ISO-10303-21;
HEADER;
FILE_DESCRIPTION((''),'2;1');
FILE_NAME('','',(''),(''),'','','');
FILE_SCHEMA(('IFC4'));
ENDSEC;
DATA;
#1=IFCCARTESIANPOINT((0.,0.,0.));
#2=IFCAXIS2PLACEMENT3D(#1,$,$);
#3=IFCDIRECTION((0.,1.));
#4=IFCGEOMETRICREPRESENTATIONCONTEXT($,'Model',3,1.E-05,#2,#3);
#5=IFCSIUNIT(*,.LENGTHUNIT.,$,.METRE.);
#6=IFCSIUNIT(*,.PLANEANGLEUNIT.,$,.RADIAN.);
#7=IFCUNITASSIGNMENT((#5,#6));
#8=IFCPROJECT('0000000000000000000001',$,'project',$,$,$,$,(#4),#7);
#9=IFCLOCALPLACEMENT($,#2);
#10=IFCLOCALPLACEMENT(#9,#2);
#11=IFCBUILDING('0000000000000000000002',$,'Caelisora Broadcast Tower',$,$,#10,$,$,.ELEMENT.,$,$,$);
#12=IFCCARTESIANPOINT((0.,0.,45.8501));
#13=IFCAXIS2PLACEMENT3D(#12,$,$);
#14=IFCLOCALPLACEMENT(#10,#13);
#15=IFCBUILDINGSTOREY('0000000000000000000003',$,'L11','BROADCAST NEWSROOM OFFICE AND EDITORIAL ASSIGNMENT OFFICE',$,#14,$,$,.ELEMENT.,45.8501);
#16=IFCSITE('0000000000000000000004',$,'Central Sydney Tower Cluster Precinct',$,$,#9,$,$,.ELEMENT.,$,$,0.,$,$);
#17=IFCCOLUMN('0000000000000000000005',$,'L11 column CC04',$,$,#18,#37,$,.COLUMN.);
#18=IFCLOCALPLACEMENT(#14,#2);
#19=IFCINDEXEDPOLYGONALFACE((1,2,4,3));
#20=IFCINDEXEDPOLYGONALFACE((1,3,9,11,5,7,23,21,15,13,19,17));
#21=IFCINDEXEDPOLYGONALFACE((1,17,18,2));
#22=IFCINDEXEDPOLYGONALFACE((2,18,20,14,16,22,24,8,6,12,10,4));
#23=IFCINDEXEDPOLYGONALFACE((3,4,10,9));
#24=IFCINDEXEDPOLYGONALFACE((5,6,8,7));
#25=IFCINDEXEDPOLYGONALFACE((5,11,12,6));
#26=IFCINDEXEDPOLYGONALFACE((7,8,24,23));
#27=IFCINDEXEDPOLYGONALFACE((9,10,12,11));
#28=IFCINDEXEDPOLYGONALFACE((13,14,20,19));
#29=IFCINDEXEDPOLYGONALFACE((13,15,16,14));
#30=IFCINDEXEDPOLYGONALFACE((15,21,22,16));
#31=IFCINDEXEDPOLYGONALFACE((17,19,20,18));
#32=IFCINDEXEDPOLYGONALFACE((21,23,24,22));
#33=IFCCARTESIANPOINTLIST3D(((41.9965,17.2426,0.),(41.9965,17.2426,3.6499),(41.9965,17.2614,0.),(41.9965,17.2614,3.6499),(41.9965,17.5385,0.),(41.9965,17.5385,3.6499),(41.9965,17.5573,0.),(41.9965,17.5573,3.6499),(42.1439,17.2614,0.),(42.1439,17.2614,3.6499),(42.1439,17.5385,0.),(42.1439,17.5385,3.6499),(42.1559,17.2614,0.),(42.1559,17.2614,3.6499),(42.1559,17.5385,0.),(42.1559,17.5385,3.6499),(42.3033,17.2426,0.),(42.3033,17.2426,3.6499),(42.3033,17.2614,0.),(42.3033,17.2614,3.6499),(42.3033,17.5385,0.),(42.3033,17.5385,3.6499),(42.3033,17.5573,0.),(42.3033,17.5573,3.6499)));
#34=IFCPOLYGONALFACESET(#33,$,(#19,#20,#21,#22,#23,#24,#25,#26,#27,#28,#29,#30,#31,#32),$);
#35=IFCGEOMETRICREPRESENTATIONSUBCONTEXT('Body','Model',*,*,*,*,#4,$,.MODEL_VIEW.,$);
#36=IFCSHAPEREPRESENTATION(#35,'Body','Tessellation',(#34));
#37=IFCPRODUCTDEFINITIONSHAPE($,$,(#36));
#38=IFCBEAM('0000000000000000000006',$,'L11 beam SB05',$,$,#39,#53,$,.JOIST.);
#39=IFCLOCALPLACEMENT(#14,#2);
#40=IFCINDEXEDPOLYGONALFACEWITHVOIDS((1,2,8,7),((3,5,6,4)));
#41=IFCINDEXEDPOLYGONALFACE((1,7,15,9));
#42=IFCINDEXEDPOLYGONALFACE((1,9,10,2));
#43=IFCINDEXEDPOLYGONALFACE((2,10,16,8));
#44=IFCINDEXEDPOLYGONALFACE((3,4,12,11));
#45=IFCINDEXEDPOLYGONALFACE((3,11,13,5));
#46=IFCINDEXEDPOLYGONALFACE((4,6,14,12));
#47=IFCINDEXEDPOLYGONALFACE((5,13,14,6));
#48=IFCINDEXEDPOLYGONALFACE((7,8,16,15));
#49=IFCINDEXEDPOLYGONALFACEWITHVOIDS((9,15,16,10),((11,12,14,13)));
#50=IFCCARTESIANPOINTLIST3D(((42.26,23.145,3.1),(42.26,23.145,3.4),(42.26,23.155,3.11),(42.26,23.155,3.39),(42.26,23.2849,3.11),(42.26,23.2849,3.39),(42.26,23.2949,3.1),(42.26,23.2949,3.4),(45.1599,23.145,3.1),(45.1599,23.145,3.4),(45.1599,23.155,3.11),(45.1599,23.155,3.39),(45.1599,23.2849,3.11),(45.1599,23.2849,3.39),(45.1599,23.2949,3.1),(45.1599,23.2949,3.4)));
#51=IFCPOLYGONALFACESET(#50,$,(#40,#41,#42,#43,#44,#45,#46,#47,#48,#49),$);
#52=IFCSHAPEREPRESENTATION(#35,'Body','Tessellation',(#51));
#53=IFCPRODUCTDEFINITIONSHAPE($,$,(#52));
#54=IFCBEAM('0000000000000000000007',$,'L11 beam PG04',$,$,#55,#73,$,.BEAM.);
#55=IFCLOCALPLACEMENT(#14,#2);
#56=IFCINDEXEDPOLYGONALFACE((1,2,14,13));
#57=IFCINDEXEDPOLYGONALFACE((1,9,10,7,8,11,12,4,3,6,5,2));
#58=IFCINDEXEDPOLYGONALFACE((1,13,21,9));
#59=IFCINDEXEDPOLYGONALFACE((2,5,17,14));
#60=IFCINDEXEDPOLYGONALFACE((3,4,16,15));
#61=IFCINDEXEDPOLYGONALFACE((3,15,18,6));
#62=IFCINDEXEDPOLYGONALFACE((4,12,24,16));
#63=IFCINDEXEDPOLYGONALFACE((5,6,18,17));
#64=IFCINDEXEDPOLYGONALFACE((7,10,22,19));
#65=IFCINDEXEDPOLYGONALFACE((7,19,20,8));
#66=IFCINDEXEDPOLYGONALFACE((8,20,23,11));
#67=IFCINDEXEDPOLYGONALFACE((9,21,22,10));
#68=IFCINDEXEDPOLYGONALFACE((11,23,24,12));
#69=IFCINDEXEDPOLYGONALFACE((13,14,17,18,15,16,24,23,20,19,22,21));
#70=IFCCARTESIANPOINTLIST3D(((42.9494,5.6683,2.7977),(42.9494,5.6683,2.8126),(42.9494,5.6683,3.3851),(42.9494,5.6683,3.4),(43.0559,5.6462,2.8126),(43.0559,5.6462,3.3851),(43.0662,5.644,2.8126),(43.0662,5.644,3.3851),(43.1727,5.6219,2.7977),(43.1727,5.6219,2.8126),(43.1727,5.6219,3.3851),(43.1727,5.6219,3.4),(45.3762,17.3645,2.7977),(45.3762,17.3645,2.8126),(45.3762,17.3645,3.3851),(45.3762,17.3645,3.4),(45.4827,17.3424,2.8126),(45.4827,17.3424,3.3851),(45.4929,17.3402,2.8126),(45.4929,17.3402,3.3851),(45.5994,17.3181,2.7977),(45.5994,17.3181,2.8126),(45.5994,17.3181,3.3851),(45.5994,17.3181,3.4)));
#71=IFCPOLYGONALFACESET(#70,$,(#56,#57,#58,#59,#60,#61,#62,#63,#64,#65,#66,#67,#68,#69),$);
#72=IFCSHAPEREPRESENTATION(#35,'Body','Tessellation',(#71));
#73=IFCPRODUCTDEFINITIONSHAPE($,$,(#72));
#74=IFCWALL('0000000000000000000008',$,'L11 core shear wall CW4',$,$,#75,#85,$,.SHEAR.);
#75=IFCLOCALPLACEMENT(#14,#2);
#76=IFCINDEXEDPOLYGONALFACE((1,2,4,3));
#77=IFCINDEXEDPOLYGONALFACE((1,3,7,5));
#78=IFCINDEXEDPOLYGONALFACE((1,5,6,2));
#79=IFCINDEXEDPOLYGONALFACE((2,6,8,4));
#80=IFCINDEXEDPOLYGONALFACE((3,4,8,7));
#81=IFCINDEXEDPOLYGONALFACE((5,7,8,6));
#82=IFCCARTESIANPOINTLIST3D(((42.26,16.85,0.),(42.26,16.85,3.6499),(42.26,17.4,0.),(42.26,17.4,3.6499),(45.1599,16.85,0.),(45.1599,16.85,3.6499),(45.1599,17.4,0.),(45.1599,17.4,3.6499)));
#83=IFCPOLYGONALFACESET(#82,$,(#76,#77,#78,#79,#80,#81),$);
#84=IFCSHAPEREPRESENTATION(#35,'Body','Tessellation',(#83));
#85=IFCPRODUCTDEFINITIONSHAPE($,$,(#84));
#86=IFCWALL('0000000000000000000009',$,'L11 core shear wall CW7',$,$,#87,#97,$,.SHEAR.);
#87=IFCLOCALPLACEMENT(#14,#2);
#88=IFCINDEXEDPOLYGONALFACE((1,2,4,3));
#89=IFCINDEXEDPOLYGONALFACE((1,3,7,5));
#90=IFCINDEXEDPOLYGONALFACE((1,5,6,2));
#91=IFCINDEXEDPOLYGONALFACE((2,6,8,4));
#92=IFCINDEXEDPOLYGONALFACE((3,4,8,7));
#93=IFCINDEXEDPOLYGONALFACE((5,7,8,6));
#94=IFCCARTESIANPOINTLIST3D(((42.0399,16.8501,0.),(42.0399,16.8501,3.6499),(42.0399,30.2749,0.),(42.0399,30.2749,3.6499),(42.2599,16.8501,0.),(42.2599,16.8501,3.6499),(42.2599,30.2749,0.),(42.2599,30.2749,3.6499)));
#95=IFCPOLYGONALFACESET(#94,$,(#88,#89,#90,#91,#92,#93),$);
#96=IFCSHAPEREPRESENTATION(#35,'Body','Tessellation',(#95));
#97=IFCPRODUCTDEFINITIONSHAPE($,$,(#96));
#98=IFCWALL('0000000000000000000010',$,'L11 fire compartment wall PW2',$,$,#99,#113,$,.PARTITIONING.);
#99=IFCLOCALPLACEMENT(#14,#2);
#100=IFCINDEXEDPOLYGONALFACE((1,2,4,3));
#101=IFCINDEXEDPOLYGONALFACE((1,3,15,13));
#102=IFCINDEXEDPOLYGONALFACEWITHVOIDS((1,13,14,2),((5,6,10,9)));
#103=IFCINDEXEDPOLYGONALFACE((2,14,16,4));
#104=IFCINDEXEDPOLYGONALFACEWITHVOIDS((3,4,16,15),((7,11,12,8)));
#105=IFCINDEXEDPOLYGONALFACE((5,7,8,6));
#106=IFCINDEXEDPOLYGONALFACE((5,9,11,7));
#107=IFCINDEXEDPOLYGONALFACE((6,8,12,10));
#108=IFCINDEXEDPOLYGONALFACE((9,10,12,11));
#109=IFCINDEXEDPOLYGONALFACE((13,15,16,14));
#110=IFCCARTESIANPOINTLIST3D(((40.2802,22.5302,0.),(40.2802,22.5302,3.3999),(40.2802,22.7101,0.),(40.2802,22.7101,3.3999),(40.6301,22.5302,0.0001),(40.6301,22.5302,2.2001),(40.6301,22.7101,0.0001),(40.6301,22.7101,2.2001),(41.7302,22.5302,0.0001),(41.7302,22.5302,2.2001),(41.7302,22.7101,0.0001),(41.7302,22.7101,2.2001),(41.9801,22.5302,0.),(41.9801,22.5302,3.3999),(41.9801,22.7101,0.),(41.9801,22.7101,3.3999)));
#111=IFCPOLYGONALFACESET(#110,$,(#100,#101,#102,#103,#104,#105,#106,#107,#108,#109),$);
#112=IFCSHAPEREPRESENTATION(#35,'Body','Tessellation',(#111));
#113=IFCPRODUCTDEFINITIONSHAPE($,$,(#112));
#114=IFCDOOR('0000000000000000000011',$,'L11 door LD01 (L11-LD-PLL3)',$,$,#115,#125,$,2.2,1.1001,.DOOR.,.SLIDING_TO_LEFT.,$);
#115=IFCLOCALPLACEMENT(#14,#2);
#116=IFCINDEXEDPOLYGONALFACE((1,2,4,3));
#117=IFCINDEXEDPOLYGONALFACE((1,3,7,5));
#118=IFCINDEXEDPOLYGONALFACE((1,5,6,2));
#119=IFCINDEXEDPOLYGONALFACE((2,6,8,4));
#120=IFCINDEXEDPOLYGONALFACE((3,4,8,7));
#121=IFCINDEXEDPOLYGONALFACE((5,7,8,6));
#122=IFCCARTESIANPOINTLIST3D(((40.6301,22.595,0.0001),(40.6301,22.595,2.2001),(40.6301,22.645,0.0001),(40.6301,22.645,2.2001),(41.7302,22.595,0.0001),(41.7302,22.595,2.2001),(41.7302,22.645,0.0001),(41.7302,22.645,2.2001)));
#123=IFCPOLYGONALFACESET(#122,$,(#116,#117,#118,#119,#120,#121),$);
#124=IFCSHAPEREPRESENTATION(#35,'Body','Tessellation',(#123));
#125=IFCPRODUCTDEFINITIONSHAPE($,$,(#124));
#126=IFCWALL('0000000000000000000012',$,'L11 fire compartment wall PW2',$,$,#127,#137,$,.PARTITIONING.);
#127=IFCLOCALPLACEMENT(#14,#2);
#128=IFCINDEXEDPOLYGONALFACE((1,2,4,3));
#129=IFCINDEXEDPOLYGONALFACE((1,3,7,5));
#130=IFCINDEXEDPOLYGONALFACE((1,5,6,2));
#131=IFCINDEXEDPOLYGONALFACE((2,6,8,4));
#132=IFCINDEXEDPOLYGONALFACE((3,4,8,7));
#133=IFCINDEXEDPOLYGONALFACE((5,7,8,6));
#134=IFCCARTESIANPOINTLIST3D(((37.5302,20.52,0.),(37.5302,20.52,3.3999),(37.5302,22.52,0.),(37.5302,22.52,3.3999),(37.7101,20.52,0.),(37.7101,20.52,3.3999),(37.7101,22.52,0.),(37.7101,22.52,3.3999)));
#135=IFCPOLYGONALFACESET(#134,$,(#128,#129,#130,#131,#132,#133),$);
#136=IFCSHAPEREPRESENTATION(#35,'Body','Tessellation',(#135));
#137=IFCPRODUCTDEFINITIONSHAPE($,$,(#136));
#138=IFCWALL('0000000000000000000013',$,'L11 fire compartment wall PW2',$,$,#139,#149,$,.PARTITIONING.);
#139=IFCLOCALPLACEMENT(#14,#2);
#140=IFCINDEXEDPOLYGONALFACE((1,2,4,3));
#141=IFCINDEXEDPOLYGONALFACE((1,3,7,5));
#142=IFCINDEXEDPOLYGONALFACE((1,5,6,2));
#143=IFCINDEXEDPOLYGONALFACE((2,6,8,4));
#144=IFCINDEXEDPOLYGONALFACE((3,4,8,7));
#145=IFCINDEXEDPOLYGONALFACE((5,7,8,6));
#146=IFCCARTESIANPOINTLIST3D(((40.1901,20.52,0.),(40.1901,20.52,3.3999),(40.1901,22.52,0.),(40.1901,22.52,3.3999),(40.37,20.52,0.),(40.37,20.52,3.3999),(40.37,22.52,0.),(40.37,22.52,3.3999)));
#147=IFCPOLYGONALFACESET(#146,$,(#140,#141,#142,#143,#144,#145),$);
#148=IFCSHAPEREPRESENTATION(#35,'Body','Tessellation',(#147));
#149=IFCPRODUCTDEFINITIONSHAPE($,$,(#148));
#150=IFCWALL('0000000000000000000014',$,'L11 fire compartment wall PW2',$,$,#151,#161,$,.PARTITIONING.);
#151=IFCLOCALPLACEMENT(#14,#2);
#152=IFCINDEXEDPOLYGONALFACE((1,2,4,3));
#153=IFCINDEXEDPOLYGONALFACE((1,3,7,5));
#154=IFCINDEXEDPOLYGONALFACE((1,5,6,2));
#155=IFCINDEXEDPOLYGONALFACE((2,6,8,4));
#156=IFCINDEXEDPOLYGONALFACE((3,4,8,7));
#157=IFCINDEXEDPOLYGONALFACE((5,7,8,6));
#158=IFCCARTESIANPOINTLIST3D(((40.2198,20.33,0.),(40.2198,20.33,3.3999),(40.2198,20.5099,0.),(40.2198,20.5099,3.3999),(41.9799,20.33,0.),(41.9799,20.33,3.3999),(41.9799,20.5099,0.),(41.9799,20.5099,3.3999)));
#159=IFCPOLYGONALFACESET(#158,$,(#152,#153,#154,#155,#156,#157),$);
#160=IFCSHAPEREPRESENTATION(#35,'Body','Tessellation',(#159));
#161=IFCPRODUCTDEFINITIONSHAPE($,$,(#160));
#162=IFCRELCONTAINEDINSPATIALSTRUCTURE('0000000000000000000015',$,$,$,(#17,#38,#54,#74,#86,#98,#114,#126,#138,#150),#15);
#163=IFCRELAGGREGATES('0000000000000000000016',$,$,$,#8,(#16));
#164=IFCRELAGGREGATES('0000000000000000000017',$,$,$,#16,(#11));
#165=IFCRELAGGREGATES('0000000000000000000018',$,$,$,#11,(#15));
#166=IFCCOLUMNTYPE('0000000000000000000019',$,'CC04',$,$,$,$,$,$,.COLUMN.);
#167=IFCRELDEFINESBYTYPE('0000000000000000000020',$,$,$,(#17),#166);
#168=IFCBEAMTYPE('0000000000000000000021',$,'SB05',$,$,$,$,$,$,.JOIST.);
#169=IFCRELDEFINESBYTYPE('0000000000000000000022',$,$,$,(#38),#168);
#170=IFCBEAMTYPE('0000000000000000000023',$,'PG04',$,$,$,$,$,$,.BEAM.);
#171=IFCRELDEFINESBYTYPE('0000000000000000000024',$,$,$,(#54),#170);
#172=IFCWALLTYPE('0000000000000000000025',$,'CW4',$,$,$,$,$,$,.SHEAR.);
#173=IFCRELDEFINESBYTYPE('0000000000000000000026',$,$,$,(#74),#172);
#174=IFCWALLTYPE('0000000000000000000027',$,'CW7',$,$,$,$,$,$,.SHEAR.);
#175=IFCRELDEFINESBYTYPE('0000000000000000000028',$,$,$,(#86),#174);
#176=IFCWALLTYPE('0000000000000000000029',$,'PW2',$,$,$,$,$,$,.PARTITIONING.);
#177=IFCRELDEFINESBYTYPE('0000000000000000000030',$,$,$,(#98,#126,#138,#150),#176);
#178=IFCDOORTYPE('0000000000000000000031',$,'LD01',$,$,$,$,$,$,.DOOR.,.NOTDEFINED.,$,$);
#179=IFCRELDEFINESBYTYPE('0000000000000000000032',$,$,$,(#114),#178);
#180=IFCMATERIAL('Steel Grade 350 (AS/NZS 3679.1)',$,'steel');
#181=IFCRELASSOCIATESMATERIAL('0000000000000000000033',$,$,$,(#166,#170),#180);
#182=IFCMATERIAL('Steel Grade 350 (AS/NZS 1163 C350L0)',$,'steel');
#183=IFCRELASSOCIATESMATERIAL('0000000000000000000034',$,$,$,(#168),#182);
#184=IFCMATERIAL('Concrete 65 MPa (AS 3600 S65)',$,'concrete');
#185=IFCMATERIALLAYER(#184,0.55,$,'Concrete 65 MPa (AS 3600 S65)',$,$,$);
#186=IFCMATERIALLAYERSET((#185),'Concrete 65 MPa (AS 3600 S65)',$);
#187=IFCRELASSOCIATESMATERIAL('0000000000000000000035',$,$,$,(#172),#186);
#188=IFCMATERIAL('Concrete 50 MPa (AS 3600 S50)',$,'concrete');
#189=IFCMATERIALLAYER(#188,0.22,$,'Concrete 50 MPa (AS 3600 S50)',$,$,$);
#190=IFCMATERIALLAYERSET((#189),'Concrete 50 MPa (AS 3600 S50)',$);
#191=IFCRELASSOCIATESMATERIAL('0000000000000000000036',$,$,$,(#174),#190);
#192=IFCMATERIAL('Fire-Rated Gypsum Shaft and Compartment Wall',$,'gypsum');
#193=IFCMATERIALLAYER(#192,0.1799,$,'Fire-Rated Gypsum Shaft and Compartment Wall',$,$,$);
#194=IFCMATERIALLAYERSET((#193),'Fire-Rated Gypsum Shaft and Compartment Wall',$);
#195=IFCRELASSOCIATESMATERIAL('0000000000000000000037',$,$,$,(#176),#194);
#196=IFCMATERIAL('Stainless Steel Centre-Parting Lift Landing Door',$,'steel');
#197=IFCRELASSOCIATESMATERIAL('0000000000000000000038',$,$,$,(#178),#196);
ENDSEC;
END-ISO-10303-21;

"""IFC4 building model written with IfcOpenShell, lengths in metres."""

from ifc_helpers import new_model, si_unit, direction, frame, frame_2d, origin, origin_2d, place, context, subcontext, project, spatial, rectangle, hollow_rectangle, i_section, extrude, source, transform, mapped, material, layer, layer_set, material_profile, profile_set, type_object, type_shapes, element, fill, save


model = new_model("IFC4")

# Units and contexts
model_context = context("Model", 3, precision=1e-05, world=origin(), true_north=direction((0.0, 1.0)))
body_context = subcontext(model_context, "Body", "Model", "MODEL_VIEW")
ifc_project = project(units=[si_unit("LENGTHUNIT", "METRE"), si_unit("PLANEANGLEUNIT", "RADIAN")], contexts=[model_context])

# Site, building, storey
site_placement = place(None, origin())
site = spatial("IfcSite", under=ifc_project, at=site_placement, Name="Central Sydney Tower Cluster Precinct", CompositionType="ELEMENT", RefElevation=0.0)
building_placement = place(site_placement, origin())
building = spatial("IfcBuilding", under=site, at=building_placement, Name="Caelisora Broadcast Tower", CompositionType="ELEMENT")
storey_placement = place(building_placement, frame((0.0, 0.0, 45.8501)))
storey = spatial("IfcBuildingStorey", under=building, at=storey_placement, Name="L11", Description="BROADCAST NEWSROOM OFFICE AND EDITORIAL ASSIGNMENT OFFICE", CompositionType="ELEMENT", Elevation=45.8501)

# Column
ifc_material_1 = material(Name="Steel Grade 350 (AS/NZS 3679.1)", Category="steel")
ifc_material_profile_1 = material_profile(ifc_material_1, i_section(OverallWidth=0.3069, OverallDepth=0.3147, WebThickness=0.012, FlangeThickness=0.0188, at=origin_2d()), Name="Steel Grade 350 (AS/NZS 3679.1)")
ifc_profile_set_1 = profile_set([ifc_material_profile_1], Name="Steel Grade 350 (AS/NZS 3679.1)")
column_type = type_object("IfcColumnType", Name="CC04", PredefinedType="COLUMN", material=ifc_profile_set_1)
shared_shape_1 = source(origin(), body_context, "Body", "SweptSolid", [
    extrude(i_section(OverallWidth=0.3069, OverallDepth=0.3147, WebThickness=0.012, FlangeThickness=0.0188, at=origin_2d()), origin(), (0.0, 0.0, 1.0), 3.6499),
])
type_shapes(column_type, [shared_shape_1])
column_placement = place(storey_placement, frame((42.1499, 17.3999, 0.0), z_axis=(0.0, 0.0, 1.0), x_axis=(1.0, 0.0, 0.0)))
element("IfcColumn", 1, at=column_placement, inside=storey, type_object=column_type, Name="L11 column CC04", PredefinedType="COLUMN", context=body_context, shape_type="MappedRepresentation", body=[
    mapped(shared_shape_1, transform((0.0, 0.0, 0.0), scale=1.0)),
])

# Beams
ifc_material_2 = material(Name="Steel Grade 350 (AS/NZS 1163 C350L0)", Category="steel")
ifc_material_profile_2 = material_profile(ifc_material_2, hollow_rectangle(XDim=0.1499, YDim=0.3, WallThickness=0.01, at=origin_2d()), Name="Steel Grade 350 (AS/NZS 1163 C350L0)")
ifc_profile_set_2 = profile_set([ifc_material_profile_2], Name="Steel Grade 350 (AS/NZS 1163 C350L0)")
beam_type_1 = type_object("IfcBeamType", Name="SB05", PredefinedType="JOIST", material=ifc_profile_set_2)
shared_shape_2 = source(origin(), body_context, "Body", "SweptSolid", [
    extrude(hollow_rectangle(XDim=0.1499, YDim=0.3, WallThickness=0.01, at=origin_2d()), origin(), (0.0, 0.0, 1.0), 2.8999),
])
type_shapes(beam_type_1, [shared_shape_2])
beam_1_placement = place(storey_placement, frame((42.26, 23.22, 3.25), z_axis=(1.0, 0.0, 0.0), x_axis=(0.0, 1.0, 0.0)))
element("IfcBeam", 2, at=beam_1_placement, inside=storey, type_object=beam_type_1, Name="L11 beam SB05", PredefinedType="JOIST", context=body_context, shape_type="MappedRepresentation", body=[
    mapped(shared_shape_2, transform((0.0, 0.0, 0.0), scale=1.0)),
])
ifc_material_profile_3 = material_profile(ifc_material_1, i_section(OverallWidth=0.228, OverallDepth=0.6023, WebThickness=0.0105, FlangeThickness=0.0149, at=origin_2d()), Name="Steel Grade 350 (AS/NZS 3679.1)")
ifc_profile_set_3 = profile_set([ifc_material_profile_3], Name="Steel Grade 350 (AS/NZS 3679.1)")
beam_type_2 = type_object("IfcBeamType", Name="PG04", PredefinedType="BEAM", material=ifc_profile_set_3)
shared_shape_3 = source(origin(), body_context, "Body", "SweptSolid", [
    extrude(i_section(OverallWidth=0.228, OverallDepth=0.6023, WebThickness=0.0105, FlangeThickness=0.0149, at=origin_2d()), origin(), (0.0, 0.0, 1.0), 11.9453),
])
type_shapes(beam_type_2, [shared_shape_3])
beam_2_placement = place(storey_placement, frame((45.4878, 17.3413, 3.0989), z_axis=(-0.203154, -0.979147, 0.0), x_axis=(0.979147, -0.203154, 0.0)))
element("IfcBeam", 3, at=beam_2_placement, inside=storey, type_object=beam_type_2, Name="L11 beam PG04", PredefinedType="BEAM", context=body_context, shape_type="MappedRepresentation", body=[
    mapped(shared_shape_3, transform((0.0, 0.0, 0.0), scale=1.0)),
])

# Shared definitions
ifc_material_3 = material(Name="Concrete 65 MPa (AS 3600 S65)", Category="concrete")

# Walls
ifc_layer_1 = layer(ifc_material_3, 0.55, Name="Concrete 65 MPa (AS 3600 S65)")
ifc_layer_set_1 = layer_set([ifc_layer_1], Name="Concrete 65 MPa (AS 3600 S65)")
wall_type_1 = type_object("IfcWallType", Name="CW4", PredefinedType="SHEAR", material=ifc_layer_set_1)
wall_1_placement = place(storey_placement, frame((42.26, 17.125, 0.0), z_axis=(0.0, 0.0, 1.0), x_axis=(1.0, 0.0, 0.0)))
element("IfcWall", 4, at=wall_1_placement, inside=storey, type_object=wall_type_1, Name="L11 core shear wall CW4", PredefinedType="SHEAR", context=body_context, shape_type="SweptSolid", body=[
    extrude(rectangle(XDim=2.8999, YDim=0.55, at=frame_2d((1.45, 0.0))), origin(), (0.0, 0.0, 1.0), 3.6499),
])
ifc_material_4 = material(Name="Concrete 50 MPa (AS 3600 S50)", Category="concrete")
ifc_layer_2 = layer(ifc_material_4, 0.22, Name="Concrete 50 MPa (AS 3600 S50)")
ifc_layer_set_2 = layer_set([ifc_layer_2], Name="Concrete 50 MPa (AS 3600 S50)")
wall_type_2 = type_object("IfcWallType", Name="CW7", PredefinedType="SHEAR", material=ifc_layer_set_2)
wall_2_placement = place(storey_placement, frame((42.1499, 16.8501, 0.0), z_axis=(0.0, 0.0, 1.0), x_axis=(0.0, 1.0, 0.0)))
element("IfcWall", 5, at=wall_2_placement, inside=storey, type_object=wall_type_2, Name="L11 core shear wall CW7", PredefinedType="SHEAR", context=body_context, shape_type="SweptSolid", body=[
    extrude(rectangle(XDim=13.4248, YDim=0.22, at=frame_2d((6.7124, 0.0))), origin(), (0.0, 0.0, 1.0), 3.6499),
])

# Wall, opening, door
ifc_material_5 = material(Name="Fire-Rated Gypsum Shaft and Compartment Wall", Category="gypsum")
ifc_layer_3 = layer(ifc_material_5, 0.1799, Name="Fire-Rated Gypsum Shaft and Compartment Wall")
ifc_layer_set_3 = layer_set([ifc_layer_3], Name="Fire-Rated Gypsum Shaft and Compartment Wall")
wall_type_3 = type_object("IfcWallType", Name="PW2", PredefinedType="PARTITIONING", material=ifc_layer_set_3)
wall_3_placement = place(storey_placement, frame((40.28, 22.6201, 0.0), z_axis=(0.0, 0.0, 1.0), x_axis=(1.0, 0.0, 0.0)))
wall_3 = element("IfcWall", 6, at=wall_3_placement, inside=storey, type_object=wall_type_3, Name="L11 fire compartment wall PW2", PredefinedType="PARTITIONING", context=body_context, shape_type="SweptSolid", body=[
    extrude(rectangle(XDim=1.7, YDim=0.1799, at=frame_2d((0.8501, 0.0))), origin(), (0.0, 0.0, 1.0), 3.3999),
])
opening_1_placement = place(wall_3_placement, frame((0.3501, 0.0, 0.0)))
opening_1 = element("IfcOpeningElement", 7, at=opening_1_placement, cuts=wall_3, PredefinedType="OPENING", context=body_context, shape_type="SweptSolid", body=[
    extrude(rectangle(XDim=1.1001, YDim=2.2, at=frame_2d((0.55, 1.1001))), frame((0.0, 0.1021, 0.0), z_axis=(0.0, -1.0, 0.0), x_axis=(1.0, 0.0, 0.0)), (0.0, 0.0, 1.0), 0.2039),
])
ifc_material_6 = material(Name="Stainless Steel Centre-Parting Lift Landing Door", Category="steel")
door_type_1 = type_object("IfcDoorType", Name="LD01", OperationType="NOTDEFINED", PredefinedType="DOOR", material=ifc_material_6)
door_1_placement = place(opening_1_placement, origin())
door_1 = element("IfcDoor", 8, at=door_1_placement, inside=storey, type_object=door_type_1, Name="L11 door LD01 (L11-LD-PLL3)", OperationType="SLIDING_TO_LEFT", OverallHeight=2.2, OverallWidth=1.1001, PredefinedType="DOOR", context=body_context, shape_type="SweptSolid", body=[
    extrude(rectangle(XDim=1.1001, YDim=2.2, at=frame_2d((0.55, 1.1001))), frame((0.0, 0.0249, 0.0), z_axis=(0.0, -1.0, 0.0), x_axis=(1.0, 0.0, 0.0)), (0.0, 0.0, 1.0), 0.05),
])
fill(opening_1, door_1)

# Walls
for number, where, z_axis, x_axis, name in (
    (9, (37.6201, 20.52, 0.0), (0.0, 0.0, 1.0), (0.0, 1.0, 0.0), "L11 fire compartment wall PW2"),
    (10, (40.28, 20.52, 0.0), (0.0, 0.0, 1.0), (0.0, 1.0, 0.0), "L11 fire compartment wall PW2"),
):
    element("IfcWall", number, at=place(storey_placement, frame(where, z_axis=z_axis, x_axis=x_axis)), inside=storey, type_object=wall_type_3, Name=name, PredefinedType="PARTITIONING", context=body_context, shape_type="SweptSolid", body=[
        extrude(rectangle(XDim=2.0, YDim=0.1799, at=frame_2d((1.0, 0.0))), origin(), (0.0, 0.0, 1.0), 3.3999),
    ])
wall_4_placement = place(storey_placement, frame((40.22, 20.4199, 0.0), z_axis=(0.0, 0.0, 1.0), x_axis=(1.0, 0.0, 0.0)))
element("IfcWall", 11, at=wall_4_placement, inside=storey, type_object=wall_type_3, Name="L11 fire compartment wall PW2", PredefinedType="PARTITIONING", context=body_context, shape_type="SweptSolid", body=[
    extrude(rectangle(XDim=1.76, YDim=0.1799, at=frame_2d((0.8799, 0.0))), origin(), (0.0, 0.0, 1.0), 3.3999),
])

save(model, "model.ifc")
